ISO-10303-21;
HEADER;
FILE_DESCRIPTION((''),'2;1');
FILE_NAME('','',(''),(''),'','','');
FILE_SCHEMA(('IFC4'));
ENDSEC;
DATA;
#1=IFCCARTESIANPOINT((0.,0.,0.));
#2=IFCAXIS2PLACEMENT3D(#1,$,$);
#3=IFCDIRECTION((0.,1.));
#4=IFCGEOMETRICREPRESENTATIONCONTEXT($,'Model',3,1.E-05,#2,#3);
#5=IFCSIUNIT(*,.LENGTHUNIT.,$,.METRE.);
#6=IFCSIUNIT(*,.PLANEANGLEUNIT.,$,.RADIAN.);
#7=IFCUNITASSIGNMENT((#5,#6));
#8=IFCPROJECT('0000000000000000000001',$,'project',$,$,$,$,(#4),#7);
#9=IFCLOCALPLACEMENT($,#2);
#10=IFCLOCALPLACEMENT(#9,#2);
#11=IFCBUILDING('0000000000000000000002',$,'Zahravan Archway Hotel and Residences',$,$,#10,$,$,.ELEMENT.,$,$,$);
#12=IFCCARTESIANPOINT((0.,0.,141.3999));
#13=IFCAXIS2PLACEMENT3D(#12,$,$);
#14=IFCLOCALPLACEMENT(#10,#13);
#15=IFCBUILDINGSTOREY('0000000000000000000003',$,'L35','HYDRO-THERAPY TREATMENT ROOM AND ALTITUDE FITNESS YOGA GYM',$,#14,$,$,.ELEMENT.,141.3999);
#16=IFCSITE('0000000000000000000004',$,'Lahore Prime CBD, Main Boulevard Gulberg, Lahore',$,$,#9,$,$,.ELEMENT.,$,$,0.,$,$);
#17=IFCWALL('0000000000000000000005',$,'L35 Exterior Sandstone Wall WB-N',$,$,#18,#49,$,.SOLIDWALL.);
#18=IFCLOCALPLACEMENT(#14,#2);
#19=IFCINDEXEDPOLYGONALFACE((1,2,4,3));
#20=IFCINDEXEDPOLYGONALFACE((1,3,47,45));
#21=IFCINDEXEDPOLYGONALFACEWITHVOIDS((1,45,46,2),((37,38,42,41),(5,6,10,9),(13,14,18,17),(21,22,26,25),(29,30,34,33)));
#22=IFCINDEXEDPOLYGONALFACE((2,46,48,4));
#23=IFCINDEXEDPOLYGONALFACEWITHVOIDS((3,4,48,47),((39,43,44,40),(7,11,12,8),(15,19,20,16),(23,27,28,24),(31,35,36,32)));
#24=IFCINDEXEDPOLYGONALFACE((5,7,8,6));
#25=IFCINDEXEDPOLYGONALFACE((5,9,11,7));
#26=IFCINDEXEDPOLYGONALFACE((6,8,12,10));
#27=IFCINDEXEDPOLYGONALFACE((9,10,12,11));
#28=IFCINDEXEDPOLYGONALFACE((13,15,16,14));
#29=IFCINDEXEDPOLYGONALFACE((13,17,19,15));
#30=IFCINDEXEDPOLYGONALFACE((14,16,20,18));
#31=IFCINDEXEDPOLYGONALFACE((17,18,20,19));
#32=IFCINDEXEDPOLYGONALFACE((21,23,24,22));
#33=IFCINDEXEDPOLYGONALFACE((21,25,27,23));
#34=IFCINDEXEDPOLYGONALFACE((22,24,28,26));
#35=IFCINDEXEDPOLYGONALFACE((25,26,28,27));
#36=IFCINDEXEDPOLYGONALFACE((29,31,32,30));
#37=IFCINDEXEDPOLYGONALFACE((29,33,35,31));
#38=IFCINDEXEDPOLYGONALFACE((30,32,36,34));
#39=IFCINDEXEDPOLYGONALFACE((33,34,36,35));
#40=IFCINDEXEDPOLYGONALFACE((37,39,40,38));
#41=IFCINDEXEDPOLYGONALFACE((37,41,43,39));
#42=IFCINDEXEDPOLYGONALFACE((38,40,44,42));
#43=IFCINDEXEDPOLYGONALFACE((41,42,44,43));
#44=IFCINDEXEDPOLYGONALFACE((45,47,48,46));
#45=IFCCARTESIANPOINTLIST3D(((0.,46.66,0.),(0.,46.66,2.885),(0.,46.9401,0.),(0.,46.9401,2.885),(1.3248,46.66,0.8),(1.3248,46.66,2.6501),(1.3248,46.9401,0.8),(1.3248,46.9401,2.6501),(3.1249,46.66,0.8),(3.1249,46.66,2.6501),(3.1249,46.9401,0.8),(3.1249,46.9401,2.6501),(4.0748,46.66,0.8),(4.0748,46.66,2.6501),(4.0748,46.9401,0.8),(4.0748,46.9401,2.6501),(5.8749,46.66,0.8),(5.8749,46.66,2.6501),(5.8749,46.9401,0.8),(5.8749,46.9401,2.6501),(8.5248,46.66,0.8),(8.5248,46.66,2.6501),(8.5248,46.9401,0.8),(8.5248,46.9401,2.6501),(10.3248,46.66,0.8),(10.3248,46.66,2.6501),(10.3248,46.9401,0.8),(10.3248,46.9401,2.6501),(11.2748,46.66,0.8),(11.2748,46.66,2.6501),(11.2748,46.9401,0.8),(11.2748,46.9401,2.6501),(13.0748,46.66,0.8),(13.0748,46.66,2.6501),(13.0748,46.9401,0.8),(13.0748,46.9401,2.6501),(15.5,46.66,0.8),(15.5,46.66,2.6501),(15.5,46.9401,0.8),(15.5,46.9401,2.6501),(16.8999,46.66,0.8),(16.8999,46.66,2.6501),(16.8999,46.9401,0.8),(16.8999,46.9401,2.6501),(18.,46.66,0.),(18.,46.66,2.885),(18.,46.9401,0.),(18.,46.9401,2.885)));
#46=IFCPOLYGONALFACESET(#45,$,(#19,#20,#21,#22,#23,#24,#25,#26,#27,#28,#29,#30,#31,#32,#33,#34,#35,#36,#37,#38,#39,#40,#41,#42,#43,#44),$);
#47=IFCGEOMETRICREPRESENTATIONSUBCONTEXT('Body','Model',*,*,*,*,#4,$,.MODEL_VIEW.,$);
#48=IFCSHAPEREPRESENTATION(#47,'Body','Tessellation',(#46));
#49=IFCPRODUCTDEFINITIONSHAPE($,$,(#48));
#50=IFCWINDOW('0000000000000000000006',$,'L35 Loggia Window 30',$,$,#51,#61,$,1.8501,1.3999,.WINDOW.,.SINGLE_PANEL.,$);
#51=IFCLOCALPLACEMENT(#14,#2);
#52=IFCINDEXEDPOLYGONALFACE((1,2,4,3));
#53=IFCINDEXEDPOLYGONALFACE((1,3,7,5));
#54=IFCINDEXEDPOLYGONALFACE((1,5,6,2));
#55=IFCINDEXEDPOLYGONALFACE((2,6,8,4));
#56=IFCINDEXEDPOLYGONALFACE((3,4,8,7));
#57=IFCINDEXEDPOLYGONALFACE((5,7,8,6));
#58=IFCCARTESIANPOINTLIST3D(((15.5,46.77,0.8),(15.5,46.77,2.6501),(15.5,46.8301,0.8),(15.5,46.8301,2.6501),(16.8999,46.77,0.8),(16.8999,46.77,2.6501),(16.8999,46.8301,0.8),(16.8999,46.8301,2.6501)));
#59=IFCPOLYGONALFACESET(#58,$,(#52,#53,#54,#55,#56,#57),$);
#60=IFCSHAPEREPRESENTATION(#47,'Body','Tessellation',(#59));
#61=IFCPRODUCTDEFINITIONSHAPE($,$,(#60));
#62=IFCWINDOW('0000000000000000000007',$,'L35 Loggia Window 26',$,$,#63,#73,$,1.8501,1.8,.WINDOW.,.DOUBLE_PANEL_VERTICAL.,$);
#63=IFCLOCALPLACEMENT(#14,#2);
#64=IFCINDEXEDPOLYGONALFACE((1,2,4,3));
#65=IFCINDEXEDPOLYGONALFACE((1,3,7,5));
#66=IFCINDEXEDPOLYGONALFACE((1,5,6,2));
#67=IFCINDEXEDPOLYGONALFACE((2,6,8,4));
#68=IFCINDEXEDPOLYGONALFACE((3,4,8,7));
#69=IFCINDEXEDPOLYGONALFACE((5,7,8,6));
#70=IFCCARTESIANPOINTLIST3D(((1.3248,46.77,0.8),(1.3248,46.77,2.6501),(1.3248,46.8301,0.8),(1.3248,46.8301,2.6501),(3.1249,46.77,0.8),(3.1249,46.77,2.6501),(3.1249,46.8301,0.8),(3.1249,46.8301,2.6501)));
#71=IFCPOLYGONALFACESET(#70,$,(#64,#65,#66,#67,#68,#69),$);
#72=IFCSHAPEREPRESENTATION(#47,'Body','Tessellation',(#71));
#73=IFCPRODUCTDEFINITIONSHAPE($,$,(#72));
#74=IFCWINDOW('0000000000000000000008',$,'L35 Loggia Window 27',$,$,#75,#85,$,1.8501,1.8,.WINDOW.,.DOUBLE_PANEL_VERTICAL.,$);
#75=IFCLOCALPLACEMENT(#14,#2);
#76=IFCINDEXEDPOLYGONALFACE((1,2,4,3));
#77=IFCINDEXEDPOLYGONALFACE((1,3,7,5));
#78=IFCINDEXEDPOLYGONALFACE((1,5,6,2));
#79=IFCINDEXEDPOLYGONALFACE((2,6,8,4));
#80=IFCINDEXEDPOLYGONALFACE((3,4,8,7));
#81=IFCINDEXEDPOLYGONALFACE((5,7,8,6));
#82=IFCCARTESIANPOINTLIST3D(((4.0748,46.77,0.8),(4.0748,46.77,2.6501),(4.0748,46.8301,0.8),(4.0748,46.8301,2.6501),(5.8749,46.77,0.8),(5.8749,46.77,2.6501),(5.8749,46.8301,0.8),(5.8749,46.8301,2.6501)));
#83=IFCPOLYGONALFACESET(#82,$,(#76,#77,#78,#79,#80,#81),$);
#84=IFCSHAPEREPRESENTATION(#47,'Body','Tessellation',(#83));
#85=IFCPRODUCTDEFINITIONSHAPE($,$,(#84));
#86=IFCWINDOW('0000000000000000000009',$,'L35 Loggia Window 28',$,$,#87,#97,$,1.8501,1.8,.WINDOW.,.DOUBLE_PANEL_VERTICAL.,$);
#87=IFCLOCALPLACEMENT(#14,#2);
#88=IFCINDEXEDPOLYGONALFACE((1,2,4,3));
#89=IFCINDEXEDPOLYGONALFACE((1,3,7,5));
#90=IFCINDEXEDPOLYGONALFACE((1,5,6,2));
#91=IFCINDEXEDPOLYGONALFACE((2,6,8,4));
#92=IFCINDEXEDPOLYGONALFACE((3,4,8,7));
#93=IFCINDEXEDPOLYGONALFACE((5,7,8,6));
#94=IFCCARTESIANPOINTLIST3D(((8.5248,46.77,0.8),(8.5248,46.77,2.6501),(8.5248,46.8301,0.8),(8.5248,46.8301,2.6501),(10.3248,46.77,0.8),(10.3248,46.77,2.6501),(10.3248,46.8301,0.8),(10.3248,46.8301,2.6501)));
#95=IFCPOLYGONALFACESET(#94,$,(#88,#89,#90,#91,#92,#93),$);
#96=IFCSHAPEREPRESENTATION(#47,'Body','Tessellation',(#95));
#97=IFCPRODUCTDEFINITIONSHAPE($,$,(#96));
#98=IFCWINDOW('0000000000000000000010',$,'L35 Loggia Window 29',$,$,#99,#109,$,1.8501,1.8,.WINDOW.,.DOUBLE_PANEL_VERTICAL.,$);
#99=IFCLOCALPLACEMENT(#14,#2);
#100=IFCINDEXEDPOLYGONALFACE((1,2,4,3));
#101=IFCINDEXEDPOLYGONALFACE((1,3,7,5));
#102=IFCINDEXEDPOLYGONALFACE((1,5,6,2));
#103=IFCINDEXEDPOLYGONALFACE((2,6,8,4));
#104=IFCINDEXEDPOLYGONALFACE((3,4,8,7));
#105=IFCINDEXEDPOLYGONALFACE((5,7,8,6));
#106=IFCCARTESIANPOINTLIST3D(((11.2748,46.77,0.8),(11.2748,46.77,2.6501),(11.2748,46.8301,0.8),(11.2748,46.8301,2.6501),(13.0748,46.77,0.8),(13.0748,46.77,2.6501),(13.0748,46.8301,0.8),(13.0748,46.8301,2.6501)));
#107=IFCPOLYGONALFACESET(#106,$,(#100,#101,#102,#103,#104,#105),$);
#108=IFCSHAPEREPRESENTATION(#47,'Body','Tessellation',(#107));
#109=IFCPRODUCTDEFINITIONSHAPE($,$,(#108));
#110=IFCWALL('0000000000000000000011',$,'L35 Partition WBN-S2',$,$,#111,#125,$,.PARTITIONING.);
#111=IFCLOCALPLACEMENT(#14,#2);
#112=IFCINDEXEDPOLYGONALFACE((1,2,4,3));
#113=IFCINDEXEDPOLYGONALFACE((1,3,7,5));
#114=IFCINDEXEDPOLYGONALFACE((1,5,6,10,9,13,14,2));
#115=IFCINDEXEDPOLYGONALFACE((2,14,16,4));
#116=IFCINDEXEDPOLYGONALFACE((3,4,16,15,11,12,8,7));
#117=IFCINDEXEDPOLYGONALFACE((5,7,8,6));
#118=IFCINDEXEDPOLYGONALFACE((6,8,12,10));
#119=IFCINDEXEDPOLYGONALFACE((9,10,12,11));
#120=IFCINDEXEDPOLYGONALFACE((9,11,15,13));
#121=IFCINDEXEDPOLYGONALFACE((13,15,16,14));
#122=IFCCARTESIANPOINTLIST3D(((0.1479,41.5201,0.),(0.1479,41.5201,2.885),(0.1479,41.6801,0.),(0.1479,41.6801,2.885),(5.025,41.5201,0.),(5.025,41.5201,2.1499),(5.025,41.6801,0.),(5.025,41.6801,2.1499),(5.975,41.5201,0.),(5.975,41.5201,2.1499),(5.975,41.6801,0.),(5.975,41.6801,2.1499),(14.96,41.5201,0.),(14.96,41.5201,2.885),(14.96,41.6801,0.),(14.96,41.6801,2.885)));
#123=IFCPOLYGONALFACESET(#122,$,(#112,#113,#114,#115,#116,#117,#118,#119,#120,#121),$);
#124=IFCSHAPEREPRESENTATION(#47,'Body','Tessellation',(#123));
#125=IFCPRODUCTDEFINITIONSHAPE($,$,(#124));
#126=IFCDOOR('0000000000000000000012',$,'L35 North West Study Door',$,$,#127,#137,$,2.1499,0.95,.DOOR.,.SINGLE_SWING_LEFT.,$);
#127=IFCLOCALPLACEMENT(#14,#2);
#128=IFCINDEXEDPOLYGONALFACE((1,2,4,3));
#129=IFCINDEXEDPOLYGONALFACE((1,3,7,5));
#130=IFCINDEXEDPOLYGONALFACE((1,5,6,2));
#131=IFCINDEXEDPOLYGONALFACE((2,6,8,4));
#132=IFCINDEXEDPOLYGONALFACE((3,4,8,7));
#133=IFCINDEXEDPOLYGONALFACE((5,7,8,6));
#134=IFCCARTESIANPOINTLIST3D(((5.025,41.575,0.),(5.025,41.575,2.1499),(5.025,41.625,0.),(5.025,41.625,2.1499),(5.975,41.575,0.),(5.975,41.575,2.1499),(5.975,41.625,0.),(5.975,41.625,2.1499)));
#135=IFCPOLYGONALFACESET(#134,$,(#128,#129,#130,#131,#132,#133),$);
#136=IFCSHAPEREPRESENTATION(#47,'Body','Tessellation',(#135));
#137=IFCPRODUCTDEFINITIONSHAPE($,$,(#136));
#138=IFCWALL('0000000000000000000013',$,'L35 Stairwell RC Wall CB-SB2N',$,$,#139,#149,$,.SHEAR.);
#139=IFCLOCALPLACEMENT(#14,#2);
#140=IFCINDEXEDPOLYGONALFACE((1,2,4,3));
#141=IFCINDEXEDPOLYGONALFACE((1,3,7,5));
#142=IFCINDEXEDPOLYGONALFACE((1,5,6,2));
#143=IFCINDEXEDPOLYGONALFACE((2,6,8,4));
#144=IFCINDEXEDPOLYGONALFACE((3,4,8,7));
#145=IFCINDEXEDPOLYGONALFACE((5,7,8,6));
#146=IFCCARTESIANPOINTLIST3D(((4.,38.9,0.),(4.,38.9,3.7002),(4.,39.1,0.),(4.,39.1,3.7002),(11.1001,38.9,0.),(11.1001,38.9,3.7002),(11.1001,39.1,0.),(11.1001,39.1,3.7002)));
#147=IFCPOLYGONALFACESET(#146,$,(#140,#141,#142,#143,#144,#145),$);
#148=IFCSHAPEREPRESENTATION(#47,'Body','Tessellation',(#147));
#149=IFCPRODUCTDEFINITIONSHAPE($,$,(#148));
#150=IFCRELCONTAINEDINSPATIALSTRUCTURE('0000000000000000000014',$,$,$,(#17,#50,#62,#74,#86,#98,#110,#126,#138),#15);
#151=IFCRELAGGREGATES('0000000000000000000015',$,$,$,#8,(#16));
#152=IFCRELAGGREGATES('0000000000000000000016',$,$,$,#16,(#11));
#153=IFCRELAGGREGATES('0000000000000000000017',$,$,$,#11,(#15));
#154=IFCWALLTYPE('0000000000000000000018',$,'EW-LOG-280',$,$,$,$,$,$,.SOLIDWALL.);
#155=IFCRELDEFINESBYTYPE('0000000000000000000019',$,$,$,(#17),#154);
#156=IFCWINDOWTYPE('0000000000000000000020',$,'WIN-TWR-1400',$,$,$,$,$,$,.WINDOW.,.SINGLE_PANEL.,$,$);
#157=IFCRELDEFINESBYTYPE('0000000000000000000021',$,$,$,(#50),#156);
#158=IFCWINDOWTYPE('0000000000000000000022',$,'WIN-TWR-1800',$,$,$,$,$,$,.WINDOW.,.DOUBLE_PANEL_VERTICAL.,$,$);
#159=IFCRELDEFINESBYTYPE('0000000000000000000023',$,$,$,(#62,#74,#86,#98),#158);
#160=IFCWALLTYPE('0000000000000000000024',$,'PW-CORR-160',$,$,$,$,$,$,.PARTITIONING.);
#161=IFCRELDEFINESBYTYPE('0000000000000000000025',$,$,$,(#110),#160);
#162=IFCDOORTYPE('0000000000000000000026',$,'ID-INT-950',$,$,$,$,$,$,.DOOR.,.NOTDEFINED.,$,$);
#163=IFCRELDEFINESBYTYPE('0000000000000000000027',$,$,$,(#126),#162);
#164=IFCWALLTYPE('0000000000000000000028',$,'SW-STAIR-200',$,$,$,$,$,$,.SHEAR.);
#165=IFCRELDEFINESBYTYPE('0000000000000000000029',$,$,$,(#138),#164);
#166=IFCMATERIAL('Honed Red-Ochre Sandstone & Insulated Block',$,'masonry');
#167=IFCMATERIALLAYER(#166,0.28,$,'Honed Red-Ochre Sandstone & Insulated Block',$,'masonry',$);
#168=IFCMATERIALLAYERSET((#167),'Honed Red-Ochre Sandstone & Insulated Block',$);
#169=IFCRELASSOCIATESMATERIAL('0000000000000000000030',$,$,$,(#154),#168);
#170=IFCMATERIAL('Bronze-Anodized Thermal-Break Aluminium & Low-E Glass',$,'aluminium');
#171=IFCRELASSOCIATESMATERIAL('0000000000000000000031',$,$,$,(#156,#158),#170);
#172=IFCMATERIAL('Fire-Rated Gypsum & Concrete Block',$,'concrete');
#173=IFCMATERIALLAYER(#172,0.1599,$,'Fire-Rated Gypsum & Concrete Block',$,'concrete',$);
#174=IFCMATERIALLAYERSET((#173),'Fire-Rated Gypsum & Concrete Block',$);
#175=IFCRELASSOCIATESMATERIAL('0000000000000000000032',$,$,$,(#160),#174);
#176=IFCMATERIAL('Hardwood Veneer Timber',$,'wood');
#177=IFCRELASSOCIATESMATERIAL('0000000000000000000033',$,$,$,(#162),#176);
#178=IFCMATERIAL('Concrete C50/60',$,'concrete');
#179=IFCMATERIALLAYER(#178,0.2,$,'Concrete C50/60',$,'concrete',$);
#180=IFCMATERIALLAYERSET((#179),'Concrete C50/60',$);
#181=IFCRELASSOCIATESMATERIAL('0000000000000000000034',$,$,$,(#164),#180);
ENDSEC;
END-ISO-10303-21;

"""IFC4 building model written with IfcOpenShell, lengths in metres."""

from ifc_helpers import new_model, si_unit, direction, frame, frame_2d, origin, place, context, subcontext, project, spatial, rectangle, extrude, source, transform, mapped, material, layer, layer_set, type_object, type_shapes, element, fill, save


model = new_model("IFC4")

# Units and contexts
model_context = context("Model", 3, precision=1e-05, world=origin(), true_north=direction((0.0, 1.0)))
body_context = subcontext(model_context, "Body", "Model", "MODEL_VIEW")
ifc_project = project(units=[si_unit("LENGTHUNIT", "METRE"), si_unit("PLANEANGLEUNIT", "RADIAN")], contexts=[model_context])

# Site, building, storey
site_placement = place(None, origin())
site = spatial("IfcSite", under=ifc_project, at=site_placement, Name="Lahore Prime CBD, Main Boulevard Gulberg, Lahore", CompositionType="ELEMENT", RefElevation=0.0)
building_placement = place(site_placement, origin())
building = spatial("IfcBuilding", under=site, at=building_placement, Name="Zahravan Archway Hotel and Residences", CompositionType="ELEMENT")
storey_placement = place(building_placement, frame((0.0, 0.0, 141.3999)))
storey = spatial("IfcBuildingStorey", under=building, at=storey_placement, Name="L35", Description="HYDRO-THERAPY TREATMENT ROOM AND ALTITUDE FITNESS YOGA GYM", CompositionType="ELEMENT", Elevation=141.3999)

# Wall, openings, windows
ifc_material_1 = material(Name="Honed Red-Ochre Sandstone & Insulated Block", Category="masonry")
ifc_layer_1 = layer(ifc_material_1, 0.28, Name="Honed Red-Ochre Sandstone & Insulated Block", Category="masonry")
ifc_layer_set_1 = layer_set([ifc_layer_1], Name="Honed Red-Ochre Sandstone & Insulated Block")
wall_type_1 = type_object("IfcWallType", Name="EW-LOG-280", PredefinedType="SOLIDWALL", material=ifc_layer_set_1)
wall_1_placement = place(storey_placement, frame((0.0, 46.8, 0.0), z_axis=(0.0, 0.0, 1.0), x_axis=(1.0, 0.0, 0.0)))
wall_1 = element("IfcWall", 1, at=wall_1_placement, inside=storey, type_object=wall_type_1, Name="L35 Exterior Sandstone Wall WB-N", PredefinedType="SOLIDWALL", context=body_context, shape_type="SweptSolid", body=[
    extrude(rectangle(XDim=18.0, YDim=0.28, at=frame_2d((9.0, 0.0))), origin(), (0.0, 0.0, 1.0), 2.885),
])
opening_1_placement = place(wall_1_placement, frame((1.325, 0.0, 0.8)))
opening_1 = element("IfcOpeningElement", 2, at=opening_1_placement, cuts=wall_1, PredefinedType="OPENING", context=body_context, shape_type="SweptSolid", body=[
    extrude(rectangle(XDim=1.8, YDim=1.8501, at=frame_2d((0.8999, 0.925))), frame((0.0, 0.1499, 0.0), z_axis=(0.0, -1.0, 0.0), x_axis=(1.0, 0.0, 0.0)), (0.0, 0.0, 1.0), 0.3),
])
opening_2_placement = place(wall_1_placement, frame((4.075, 0.0, 0.8)))
opening_2 = element("IfcOpeningElement", 3, at=opening_2_placement, cuts=wall_1, PredefinedType="OPENING", context=body_context, shape_type="SweptSolid", body=[
    extrude(rectangle(XDim=1.8, YDim=1.8501, at=frame_2d((0.8999, 0.925))), frame((0.0, 0.1499, 0.0), z_axis=(0.0, -1.0, 0.0), x_axis=(1.0, 0.0, 0.0)), (0.0, 0.0, 1.0), 0.3),
])
opening_3_placement = place(wall_1_placement, frame((8.5249, 0.0, 0.8)))
opening_3 = element("IfcOpeningElement", 4, at=opening_3_placement, cuts=wall_1, PredefinedType="OPENING", context=body_context, shape_type="SweptSolid", body=[
    extrude(rectangle(XDim=1.8, YDim=1.8501, at=frame_2d((0.8999, 0.925))), frame((0.0, 0.1499, 0.0), z_axis=(0.0, -1.0, 0.0), x_axis=(1.0, 0.0, 0.0)), (0.0, 0.0, 1.0), 0.3),
])
opening_4_placement = place(wall_1_placement, frame((11.2749, 0.0, 0.8)))
opening_4 = element("IfcOpeningElement", 5, at=opening_4_placement, cuts=wall_1, PredefinedType="OPENING", context=body_context, shape_type="SweptSolid", body=[
    extrude(rectangle(XDim=1.8, YDim=1.8501, at=frame_2d((0.8999, 0.925))), frame((0.0, 0.1499, 0.0), z_axis=(0.0, -1.0, 0.0), x_axis=(1.0, 0.0, 0.0)), (0.0, 0.0, 1.0), 0.3),
])
opening_5_placement = place(wall_1_placement, frame((15.5, 0.0, 0.8)))
opening_5 = element("IfcOpeningElement", 6, at=opening_5_placement, cuts=wall_1, PredefinedType="OPENING", context=body_context, shape_type="SweptSolid", body=[
    extrude(rectangle(XDim=1.3999, YDim=1.8501, at=frame_2d((0.7, 0.925))), frame((0.0, 0.1499, 0.0), z_axis=(0.0, -1.0, 0.0), x_axis=(1.0, 0.0, 0.0)), (0.0, 0.0, 1.0), 0.3),
])
ifc_material_2 = material(Name="Bronze-Anodized Thermal-Break Aluminium & Low-E Glass", Category="aluminium")
window_type_1 = type_object("IfcWindowType", Name="WIN-TWR-1400", PartitioningType="SINGLE_PANEL", PredefinedType="WINDOW", material=ifc_material_2)
shared_shape_1 = source(origin(), body_context, "Body", "SweptSolid", [
    extrude(rectangle(XDim=1.3999, YDim=1.8501, at=frame_2d((0.7, 0.925))), frame((0.0, 0.03, 0.0), z_axis=(0.0, -1.0, 0.0), x_axis=(1.0, 0.0, 0.0)), (0.0, 0.0, 1.0), 0.0601),
])
type_shapes(window_type_1, [shared_shape_1])
window_1_placement = place(opening_5_placement, origin())
window_1 = element("IfcWindow", 7, at=window_1_placement, inside=storey, type_object=window_type_1, Name="L35 Loggia Window 30", OverallHeight=1.8501, OverallWidth=1.3999, PartitioningType="SINGLE_PANEL", PredefinedType="WINDOW", context=body_context, shape_type="MappedRepresentation", body=[
    mapped(shared_shape_1, transform((0.0, 0.0, 0.0), scale=1.0)),
])
fill(opening_5, window_1)
window_type_2 = type_object("IfcWindowType", Name="WIN-TWR-1800", PartitioningType="DOUBLE_PANEL_VERTICAL", PredefinedType="WINDOW", material=ifc_material_2)
shared_shape_2 = source(origin(), body_context, "Body", "SweptSolid", [
    extrude(rectangle(XDim=1.8, YDim=1.8501, at=frame_2d((0.8999, 0.925))), frame((0.0, 0.03, 0.0), z_axis=(0.0, -1.0, 0.0), x_axis=(1.0, 0.0, 0.0)), (0.0, 0.0, 1.0), 0.0601),
])
type_shapes(window_type_2, [shared_shape_2])
window_2_placement = place(opening_1_placement, origin())
window_2 = element("IfcWindow", 8, at=window_2_placement, inside=storey, type_object=window_type_2, Name="L35 Loggia Window 26", OverallHeight=1.8501, OverallWidth=1.8, PartitioningType="DOUBLE_PANEL_VERTICAL", PredefinedType="WINDOW", context=body_context, shape_type="MappedRepresentation", body=[
    mapped(shared_shape_2, transform((0.0, 0.0, 0.0), scale=1.0)),
])
fill(opening_1, window_2)
window_3_placement = place(opening_2_placement, origin())
window_3 = element("IfcWindow", 9, at=window_3_placement, inside=storey, type_object=window_type_2, Name="L35 Loggia Window 27", OverallHeight=1.8501, OverallWidth=1.8, PartitioningType="DOUBLE_PANEL_VERTICAL", PredefinedType="WINDOW", context=body_context, shape_type="MappedRepresentation", body=[
    mapped(shared_shape_2, transform((0.0, 0.0, 0.0), scale=1.0)),
])
fill(opening_2, window_3)
window_4_placement = place(opening_3_placement, origin())
window_4 = element("IfcWindow", 10, at=window_4_placement, inside=storey, type_object=window_type_2, Name="L35 Loggia Window 28", OverallHeight=1.8501, OverallWidth=1.8, PartitioningType="DOUBLE_PANEL_VERTICAL", PredefinedType="WINDOW", context=body_context, shape_type="MappedRepresentation", body=[
    mapped(shared_shape_2, transform((0.0, 0.0, 0.0), scale=1.0)),
])
fill(opening_3, window_4)
window_5_placement = place(opening_4_placement, origin())
window_5 = element("IfcWindow", 11, at=window_5_placement, inside=storey, type_object=window_type_2, Name="L35 Loggia Window 29", OverallHeight=1.8501, OverallWidth=1.8, PartitioningType="DOUBLE_PANEL_VERTICAL", PredefinedType="WINDOW", context=body_context, shape_type="MappedRepresentation", body=[
    mapped(shared_shape_2, transform((0.0, 0.0, 0.0), scale=1.0)),
])
fill(opening_4, window_5)

# Wall, opening, door
ifc_material_3 = material(Name="Fire-Rated Gypsum & Concrete Block", Category="concrete")
ifc_layer_2 = layer(ifc_material_3, 0.1599, Name="Fire-Rated Gypsum & Concrete Block", Category="concrete")
ifc_layer_set_2 = layer_set([ifc_layer_2], Name="Fire-Rated Gypsum & Concrete Block")
wall_type_2 = type_object("IfcWallType", Name="PW-CORR-160", PredefinedType="PARTITIONING", material=ifc_layer_set_2)
wall_2_placement = place(storey_placement, frame((0.1479, 41.6001, 0.0), z_axis=(0.0, 0.0, 1.0), x_axis=(1.0, 0.0, 0.0)))
wall_2 = element("IfcWall", 12, at=wall_2_placement, inside=storey, type_object=wall_type_2, Name="L35 Partition WBN-S2", PredefinedType="PARTITIONING", context=body_context, shape_type="SweptSolid", body=[
    extrude(rectangle(XDim=14.812, YDim=0.1599, at=frame_2d((7.406, 0.0))), origin(), (0.0, 0.0, 1.0), 2.885),
])
opening_6_placement = place(wall_2_placement, frame((4.877, 0.0, 0.0)))
opening_6 = element("IfcOpeningElement", 13, at=opening_6_placement, cuts=wall_2, PredefinedType="OPENING", context=body_context, shape_type="SweptSolid", body=[
    extrude(rectangle(XDim=0.95, YDim=2.1499, at=frame_2d((0.4751, 1.075))), frame((0.0, 0.0898, 0.0), z_axis=(0.0, -1.0, 0.0), x_axis=(1.0, 0.0, 0.0)), (0.0, 0.0, 1.0), 0.1799),
])
ifc_material_4 = material(Name="Hardwood Veneer Timber", Category="wood")
door_type_1 = type_object("IfcDoorType", Name="ID-INT-950", OperationType="NOTDEFINED", PredefinedType="DOOR", material=ifc_material_4)
shared_shape_3 = source(origin(), body_context, "Body", "SweptSolid", [
    extrude(rectangle(XDim=0.95, YDim=2.1499, at=frame_2d((0.4751, 1.075))), frame((0.0, 0.0249, 0.0), z_axis=(0.0, -1.0, 0.0), x_axis=(1.0, 0.0, 0.0)), (0.0, 0.0, 1.0), 0.05),
])
type_shapes(door_type_1, [shared_shape_3])
door_1_placement = place(opening_6_placement, origin())
door_1 = element("IfcDoor", 14, at=door_1_placement, inside=storey, type_object=door_type_1, Name="L35 North West Study Door", OperationType="SINGLE_SWING_LEFT", OverallHeight=2.1499, OverallWidth=0.95, PredefinedType="DOOR", context=body_context, shape_type="MappedRepresentation", body=[
    mapped(shared_shape_3, transform((0.0, 0.0, 0.0), scale=1.0)),
])
fill(opening_6, door_1)

# Wall
ifc_material_5 = material(Name="Concrete C50/60", Category="concrete")
ifc_layer_3 = layer(ifc_material_5, 0.2, Name="Concrete C50/60", Category="concrete")
ifc_layer_set_3 = layer_set([ifc_layer_3], Name="Concrete C50/60")
wall_type_3 = type_object("IfcWallType", Name="SW-STAIR-200", PredefinedType="SHEAR", material=ifc_layer_set_3)
wall_3_placement = place(storey_placement, frame((4.0, 39.0, 0.0), z_axis=(0.0, 0.0, 1.0), x_axis=(1.0, 0.0, 0.0)))
element("IfcWall", 15, at=wall_3_placement, inside=storey, type_object=wall_type_3, Name="L35 Stairwell RC Wall CB-SB2N", PredefinedType="SHEAR", context=body_context, shape_type="SweptSolid", body=[
    extrude(rectangle(XDim=7.1001, YDim=0.2, at=frame_2d((3.55, 0.0))), origin(), (0.0, 0.0, 1.0), 3.7002),
])

save(model, "model.ifc")
